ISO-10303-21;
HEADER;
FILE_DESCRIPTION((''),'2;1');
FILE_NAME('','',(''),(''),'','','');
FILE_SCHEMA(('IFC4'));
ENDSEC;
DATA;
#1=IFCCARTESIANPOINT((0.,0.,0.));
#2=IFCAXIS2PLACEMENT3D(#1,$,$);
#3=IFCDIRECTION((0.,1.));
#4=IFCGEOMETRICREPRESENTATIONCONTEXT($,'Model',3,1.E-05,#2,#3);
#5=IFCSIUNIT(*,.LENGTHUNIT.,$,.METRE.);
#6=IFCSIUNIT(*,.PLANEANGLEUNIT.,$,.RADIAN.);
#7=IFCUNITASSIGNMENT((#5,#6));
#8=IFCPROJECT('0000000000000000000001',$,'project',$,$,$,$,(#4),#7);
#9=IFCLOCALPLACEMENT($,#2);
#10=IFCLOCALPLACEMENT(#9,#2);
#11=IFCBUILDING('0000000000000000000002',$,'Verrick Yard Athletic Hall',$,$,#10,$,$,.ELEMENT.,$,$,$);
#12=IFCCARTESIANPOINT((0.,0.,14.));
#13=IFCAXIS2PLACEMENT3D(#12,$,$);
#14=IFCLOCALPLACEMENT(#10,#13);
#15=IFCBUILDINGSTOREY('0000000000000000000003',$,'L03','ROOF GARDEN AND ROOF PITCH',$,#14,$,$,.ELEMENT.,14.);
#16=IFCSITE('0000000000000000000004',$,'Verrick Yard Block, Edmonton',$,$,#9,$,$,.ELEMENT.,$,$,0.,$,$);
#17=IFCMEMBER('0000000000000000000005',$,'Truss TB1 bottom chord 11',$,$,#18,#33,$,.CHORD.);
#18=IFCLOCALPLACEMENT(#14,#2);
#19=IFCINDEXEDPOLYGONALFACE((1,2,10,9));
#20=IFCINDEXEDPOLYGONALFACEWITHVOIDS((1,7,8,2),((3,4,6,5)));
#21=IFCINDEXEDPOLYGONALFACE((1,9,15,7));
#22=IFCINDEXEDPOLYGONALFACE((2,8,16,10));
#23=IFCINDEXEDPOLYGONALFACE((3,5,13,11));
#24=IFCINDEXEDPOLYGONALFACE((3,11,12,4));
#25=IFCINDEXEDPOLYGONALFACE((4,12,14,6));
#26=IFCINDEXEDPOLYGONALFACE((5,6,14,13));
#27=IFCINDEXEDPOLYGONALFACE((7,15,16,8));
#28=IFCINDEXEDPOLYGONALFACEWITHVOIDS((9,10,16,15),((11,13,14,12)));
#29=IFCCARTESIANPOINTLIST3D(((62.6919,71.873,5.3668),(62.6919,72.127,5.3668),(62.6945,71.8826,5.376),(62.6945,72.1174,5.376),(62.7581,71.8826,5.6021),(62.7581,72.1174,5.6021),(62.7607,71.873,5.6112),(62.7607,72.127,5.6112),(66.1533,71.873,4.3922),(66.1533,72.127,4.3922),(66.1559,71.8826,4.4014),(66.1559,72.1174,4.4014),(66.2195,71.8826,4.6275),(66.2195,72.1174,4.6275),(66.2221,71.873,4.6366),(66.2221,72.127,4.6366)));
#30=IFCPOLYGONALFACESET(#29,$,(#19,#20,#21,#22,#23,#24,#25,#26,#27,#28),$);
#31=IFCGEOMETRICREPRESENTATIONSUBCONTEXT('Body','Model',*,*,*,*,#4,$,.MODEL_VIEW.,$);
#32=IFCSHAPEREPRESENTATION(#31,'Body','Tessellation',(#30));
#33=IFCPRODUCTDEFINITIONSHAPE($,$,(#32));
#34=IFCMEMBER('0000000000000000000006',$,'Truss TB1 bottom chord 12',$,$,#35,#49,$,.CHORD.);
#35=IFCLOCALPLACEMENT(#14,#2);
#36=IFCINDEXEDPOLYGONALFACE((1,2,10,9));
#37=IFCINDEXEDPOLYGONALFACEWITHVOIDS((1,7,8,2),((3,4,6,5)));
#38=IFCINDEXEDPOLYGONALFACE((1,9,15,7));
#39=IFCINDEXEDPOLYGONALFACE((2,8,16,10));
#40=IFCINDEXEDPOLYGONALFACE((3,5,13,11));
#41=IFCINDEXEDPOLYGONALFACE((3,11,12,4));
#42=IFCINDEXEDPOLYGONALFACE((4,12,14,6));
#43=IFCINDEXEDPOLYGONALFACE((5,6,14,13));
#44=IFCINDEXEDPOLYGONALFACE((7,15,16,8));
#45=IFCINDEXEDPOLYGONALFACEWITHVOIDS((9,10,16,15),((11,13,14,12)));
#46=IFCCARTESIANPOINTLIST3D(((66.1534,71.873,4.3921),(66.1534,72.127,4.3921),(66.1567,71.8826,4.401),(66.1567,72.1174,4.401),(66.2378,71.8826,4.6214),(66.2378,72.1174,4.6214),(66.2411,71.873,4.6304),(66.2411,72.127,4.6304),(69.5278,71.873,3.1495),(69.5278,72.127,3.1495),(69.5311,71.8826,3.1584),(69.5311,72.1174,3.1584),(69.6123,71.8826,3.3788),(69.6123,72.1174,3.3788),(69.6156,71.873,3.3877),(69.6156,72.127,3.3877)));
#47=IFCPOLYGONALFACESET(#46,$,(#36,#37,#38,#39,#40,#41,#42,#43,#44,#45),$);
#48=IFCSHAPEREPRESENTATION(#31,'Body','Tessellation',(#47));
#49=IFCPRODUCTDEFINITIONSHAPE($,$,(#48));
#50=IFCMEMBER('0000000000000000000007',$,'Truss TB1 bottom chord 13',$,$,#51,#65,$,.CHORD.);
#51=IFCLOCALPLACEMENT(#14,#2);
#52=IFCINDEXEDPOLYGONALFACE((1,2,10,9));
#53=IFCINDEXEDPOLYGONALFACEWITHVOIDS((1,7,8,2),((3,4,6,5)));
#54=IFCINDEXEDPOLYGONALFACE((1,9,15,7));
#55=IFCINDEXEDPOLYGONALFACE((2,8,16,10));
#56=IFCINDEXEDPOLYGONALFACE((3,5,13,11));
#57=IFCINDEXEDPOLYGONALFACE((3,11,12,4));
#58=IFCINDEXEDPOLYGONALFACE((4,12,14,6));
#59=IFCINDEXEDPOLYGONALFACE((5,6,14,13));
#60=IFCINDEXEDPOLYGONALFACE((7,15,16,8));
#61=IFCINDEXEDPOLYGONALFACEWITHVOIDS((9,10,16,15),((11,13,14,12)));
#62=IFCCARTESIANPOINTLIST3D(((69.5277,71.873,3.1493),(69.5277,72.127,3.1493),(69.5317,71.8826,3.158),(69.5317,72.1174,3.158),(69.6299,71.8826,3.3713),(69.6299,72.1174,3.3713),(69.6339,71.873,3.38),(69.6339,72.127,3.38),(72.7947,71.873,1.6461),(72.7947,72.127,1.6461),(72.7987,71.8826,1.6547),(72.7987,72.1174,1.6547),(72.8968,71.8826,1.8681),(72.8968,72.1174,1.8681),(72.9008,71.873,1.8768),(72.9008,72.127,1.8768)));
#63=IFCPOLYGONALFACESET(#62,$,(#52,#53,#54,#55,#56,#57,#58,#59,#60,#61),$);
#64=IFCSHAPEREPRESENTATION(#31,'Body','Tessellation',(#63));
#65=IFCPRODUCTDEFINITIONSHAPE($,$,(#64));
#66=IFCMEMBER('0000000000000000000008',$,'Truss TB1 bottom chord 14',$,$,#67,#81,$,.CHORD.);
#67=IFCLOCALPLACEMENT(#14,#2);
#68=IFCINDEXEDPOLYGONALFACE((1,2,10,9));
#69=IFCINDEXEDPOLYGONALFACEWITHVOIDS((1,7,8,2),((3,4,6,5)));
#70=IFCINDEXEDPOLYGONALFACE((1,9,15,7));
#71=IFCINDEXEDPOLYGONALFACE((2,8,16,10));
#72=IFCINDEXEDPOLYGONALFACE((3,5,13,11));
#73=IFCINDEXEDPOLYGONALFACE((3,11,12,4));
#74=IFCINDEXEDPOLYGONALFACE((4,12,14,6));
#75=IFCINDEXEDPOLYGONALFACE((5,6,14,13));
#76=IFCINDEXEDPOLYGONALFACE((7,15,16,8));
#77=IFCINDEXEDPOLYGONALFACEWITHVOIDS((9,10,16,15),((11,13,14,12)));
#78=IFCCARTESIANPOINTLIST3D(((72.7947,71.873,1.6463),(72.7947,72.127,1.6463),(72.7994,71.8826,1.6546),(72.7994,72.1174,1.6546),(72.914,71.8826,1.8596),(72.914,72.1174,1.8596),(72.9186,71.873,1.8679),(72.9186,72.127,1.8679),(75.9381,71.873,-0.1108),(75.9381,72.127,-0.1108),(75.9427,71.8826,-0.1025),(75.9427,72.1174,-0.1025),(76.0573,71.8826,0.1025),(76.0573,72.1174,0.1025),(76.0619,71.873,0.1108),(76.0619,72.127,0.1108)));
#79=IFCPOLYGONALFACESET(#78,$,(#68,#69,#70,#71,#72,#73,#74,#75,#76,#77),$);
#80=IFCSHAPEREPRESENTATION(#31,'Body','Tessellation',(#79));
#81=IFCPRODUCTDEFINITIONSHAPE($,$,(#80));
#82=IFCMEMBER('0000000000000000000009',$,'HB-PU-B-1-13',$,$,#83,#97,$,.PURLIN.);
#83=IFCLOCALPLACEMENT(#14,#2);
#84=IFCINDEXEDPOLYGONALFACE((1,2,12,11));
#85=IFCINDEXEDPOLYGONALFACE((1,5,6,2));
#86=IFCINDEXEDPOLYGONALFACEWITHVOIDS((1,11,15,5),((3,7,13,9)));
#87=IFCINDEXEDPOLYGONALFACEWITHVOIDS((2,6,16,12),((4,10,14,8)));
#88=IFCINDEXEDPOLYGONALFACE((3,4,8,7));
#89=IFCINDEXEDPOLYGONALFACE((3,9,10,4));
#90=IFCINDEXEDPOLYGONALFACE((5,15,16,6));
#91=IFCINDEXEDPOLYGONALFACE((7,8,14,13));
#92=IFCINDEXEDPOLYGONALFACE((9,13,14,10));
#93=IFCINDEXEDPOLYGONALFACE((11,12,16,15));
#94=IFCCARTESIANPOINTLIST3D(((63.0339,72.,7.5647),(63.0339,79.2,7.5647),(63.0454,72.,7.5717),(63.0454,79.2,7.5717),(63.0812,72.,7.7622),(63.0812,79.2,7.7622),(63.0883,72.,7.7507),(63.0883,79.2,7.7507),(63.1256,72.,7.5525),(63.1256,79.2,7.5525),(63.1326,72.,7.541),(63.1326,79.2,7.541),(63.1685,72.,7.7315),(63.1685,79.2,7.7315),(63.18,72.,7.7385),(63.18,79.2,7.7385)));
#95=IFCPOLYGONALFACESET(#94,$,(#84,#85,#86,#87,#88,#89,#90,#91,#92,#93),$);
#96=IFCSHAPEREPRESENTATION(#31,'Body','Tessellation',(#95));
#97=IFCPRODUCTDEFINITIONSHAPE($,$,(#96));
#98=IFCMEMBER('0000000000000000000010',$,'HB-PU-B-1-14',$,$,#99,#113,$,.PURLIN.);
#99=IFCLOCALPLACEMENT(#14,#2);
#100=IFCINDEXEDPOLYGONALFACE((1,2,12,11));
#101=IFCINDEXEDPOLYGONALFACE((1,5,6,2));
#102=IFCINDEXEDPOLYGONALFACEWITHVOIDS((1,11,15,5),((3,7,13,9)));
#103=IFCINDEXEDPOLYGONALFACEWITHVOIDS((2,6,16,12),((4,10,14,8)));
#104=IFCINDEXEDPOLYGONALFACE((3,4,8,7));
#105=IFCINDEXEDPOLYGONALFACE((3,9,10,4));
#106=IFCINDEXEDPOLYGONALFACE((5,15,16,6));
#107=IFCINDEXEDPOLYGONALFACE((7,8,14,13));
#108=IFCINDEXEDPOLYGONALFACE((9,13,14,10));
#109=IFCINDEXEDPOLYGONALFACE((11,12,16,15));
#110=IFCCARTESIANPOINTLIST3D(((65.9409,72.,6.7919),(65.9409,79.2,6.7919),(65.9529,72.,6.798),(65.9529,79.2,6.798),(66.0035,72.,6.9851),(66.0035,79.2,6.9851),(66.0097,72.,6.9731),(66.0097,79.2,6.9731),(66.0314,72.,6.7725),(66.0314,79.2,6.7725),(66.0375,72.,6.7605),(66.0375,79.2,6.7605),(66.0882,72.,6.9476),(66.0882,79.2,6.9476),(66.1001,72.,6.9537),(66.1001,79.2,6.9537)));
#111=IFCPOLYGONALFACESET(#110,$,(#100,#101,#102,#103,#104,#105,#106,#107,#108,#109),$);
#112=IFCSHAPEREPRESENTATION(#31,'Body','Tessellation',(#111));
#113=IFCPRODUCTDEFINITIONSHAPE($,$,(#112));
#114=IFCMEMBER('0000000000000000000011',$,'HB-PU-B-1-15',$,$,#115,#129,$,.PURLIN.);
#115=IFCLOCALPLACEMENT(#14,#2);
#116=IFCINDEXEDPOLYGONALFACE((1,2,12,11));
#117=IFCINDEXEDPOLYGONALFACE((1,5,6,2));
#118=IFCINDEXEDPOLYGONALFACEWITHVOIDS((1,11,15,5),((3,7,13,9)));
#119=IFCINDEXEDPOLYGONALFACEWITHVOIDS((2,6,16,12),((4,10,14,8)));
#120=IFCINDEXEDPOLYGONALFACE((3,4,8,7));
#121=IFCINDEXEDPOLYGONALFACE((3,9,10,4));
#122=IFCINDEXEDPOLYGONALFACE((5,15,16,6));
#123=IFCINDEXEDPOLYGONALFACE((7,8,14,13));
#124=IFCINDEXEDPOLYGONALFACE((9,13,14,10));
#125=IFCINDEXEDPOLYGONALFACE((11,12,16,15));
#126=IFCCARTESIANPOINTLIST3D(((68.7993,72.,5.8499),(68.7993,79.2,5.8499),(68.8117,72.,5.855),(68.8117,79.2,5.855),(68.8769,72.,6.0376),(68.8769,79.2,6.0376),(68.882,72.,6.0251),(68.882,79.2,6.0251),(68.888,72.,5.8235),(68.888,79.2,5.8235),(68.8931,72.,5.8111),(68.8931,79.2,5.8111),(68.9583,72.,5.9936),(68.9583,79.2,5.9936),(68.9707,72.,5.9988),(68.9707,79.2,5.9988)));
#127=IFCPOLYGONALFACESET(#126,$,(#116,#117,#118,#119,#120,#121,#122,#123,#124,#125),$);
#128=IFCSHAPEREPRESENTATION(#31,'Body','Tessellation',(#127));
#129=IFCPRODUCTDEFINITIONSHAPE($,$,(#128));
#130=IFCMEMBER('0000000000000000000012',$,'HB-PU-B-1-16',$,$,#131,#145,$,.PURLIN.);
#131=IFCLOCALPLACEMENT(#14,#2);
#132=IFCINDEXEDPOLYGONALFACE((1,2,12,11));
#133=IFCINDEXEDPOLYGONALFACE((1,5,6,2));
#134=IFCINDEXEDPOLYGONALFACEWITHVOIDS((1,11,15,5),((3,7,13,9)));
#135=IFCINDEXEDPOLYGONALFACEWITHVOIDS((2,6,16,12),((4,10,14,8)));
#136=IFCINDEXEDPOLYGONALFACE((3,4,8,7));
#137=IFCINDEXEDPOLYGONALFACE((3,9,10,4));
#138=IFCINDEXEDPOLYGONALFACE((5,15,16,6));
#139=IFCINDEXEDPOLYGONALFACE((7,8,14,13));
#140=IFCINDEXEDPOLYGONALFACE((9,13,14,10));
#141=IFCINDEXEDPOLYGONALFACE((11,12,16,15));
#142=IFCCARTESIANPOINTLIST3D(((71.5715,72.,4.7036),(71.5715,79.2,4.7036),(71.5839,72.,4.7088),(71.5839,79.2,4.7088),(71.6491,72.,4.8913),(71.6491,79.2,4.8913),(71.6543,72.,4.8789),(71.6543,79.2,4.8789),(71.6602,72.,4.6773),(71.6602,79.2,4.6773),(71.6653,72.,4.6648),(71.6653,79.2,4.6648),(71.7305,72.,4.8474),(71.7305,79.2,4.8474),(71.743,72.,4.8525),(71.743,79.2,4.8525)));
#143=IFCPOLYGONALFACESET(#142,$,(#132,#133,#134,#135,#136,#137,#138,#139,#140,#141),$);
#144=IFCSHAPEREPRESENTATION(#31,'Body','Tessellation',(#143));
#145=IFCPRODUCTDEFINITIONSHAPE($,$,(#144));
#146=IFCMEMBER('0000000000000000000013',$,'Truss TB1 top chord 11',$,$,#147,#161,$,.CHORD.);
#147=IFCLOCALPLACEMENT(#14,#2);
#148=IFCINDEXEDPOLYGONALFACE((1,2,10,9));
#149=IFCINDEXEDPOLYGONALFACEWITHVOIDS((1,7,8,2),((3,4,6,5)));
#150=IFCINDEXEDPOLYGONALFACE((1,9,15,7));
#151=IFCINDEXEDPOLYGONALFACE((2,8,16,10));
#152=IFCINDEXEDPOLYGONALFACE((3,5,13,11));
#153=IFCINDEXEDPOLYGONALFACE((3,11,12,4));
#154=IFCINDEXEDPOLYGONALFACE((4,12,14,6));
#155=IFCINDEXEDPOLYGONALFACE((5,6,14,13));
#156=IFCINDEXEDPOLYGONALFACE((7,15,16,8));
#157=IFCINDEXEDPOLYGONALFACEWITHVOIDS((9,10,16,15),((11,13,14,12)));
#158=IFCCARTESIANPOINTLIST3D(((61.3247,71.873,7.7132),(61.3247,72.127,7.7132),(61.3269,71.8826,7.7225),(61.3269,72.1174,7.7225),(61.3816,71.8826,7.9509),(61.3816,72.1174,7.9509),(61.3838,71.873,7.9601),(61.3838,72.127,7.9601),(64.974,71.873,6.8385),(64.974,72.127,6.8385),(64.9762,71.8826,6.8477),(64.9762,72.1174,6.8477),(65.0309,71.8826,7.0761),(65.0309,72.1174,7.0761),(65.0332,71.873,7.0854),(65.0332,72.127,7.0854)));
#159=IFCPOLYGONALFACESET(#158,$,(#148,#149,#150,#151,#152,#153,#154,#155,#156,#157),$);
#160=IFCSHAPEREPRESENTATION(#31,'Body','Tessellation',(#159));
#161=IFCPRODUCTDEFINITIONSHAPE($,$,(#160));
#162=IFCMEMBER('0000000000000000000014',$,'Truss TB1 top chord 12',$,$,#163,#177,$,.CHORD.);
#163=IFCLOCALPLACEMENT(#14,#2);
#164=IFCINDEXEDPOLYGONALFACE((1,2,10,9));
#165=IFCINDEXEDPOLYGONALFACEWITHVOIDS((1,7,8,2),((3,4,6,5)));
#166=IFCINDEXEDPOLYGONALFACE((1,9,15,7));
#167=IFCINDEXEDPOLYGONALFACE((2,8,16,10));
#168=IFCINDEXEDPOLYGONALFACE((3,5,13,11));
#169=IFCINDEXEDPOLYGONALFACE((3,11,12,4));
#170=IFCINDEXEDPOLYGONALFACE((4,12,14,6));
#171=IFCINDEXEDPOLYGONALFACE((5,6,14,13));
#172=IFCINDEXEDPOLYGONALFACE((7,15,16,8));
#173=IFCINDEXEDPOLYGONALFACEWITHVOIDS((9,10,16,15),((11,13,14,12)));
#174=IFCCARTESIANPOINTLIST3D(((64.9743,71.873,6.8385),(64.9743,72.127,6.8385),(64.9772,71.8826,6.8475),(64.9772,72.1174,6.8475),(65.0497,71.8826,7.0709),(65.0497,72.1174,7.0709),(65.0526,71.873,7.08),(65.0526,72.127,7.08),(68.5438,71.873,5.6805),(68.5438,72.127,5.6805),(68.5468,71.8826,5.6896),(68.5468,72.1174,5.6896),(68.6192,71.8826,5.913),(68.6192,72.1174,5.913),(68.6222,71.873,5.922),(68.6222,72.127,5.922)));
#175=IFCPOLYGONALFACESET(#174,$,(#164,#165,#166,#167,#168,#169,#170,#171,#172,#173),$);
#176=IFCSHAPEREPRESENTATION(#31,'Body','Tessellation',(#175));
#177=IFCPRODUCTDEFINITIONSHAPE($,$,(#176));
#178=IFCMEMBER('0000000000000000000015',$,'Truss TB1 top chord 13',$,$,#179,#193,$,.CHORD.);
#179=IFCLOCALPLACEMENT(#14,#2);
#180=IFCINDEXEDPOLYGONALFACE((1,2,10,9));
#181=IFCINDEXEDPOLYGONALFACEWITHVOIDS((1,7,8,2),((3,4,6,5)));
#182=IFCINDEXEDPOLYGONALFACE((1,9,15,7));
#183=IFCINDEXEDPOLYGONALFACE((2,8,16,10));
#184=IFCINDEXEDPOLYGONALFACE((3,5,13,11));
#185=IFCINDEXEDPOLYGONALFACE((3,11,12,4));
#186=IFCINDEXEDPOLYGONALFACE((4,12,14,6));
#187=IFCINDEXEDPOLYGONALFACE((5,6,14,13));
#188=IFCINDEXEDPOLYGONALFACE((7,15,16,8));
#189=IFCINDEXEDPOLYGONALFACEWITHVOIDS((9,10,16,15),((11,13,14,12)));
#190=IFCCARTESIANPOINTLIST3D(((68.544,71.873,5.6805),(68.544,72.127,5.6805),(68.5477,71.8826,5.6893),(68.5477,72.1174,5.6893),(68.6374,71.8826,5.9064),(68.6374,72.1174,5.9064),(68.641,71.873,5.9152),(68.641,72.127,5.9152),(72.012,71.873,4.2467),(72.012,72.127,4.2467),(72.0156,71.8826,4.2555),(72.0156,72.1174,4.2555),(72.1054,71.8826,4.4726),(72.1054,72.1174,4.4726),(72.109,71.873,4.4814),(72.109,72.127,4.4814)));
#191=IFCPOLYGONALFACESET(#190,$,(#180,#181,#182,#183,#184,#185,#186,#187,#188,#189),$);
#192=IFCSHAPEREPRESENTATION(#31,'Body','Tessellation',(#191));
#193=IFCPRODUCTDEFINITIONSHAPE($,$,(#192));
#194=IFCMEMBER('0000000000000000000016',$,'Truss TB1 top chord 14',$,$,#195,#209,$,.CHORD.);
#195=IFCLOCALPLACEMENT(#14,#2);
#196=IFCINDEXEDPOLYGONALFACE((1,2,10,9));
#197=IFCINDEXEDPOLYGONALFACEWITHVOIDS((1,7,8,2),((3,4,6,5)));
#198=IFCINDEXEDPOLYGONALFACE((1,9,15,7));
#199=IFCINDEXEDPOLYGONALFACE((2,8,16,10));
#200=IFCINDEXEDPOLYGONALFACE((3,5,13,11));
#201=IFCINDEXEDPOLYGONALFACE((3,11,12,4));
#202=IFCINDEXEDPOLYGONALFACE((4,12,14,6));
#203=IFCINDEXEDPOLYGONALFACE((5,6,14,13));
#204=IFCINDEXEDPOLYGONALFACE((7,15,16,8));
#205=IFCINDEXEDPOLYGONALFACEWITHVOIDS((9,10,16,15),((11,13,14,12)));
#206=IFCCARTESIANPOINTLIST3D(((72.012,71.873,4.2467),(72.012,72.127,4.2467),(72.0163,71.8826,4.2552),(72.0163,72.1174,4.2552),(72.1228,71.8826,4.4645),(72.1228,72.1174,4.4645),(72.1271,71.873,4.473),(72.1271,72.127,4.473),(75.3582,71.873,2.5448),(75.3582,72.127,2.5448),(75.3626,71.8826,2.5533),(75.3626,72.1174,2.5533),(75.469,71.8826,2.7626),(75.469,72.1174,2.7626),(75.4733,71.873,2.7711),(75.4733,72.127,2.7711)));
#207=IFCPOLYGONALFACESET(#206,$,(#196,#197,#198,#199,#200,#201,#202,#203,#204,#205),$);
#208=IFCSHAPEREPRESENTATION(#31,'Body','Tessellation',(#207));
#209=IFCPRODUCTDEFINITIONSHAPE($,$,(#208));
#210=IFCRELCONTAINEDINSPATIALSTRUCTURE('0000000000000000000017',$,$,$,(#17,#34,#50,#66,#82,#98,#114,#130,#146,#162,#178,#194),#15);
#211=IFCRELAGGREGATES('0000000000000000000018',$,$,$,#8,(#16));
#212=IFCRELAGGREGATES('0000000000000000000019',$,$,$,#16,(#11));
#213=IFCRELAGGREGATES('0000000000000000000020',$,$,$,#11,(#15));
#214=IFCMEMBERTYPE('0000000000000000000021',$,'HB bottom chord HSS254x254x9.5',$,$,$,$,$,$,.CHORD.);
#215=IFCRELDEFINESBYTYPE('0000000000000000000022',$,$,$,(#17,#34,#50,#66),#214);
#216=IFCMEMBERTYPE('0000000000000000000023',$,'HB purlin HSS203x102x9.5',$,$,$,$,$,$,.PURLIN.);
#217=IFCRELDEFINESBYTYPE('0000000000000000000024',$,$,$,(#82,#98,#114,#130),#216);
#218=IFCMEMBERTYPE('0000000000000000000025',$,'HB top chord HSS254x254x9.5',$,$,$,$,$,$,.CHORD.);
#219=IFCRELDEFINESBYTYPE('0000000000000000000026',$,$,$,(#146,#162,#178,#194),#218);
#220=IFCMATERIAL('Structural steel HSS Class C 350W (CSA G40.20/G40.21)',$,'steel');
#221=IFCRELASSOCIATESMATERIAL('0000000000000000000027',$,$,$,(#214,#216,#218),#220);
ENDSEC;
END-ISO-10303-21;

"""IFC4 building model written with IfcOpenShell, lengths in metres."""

from ifc_helpers import new_model, si_unit, direction, frame, origin, origin_2d, place, context, subcontext, project, spatial, hollow_rectangle, extrude, material, material_profile, profile_set, type_object, element, save


model = new_model("IFC4")

# Units and contexts
model_context = context("Model", 3, precision=1e-05, world=origin(), true_north=direction((0.0, 1.0)))
body_context = subcontext(model_context, "Body", "Model", "MODEL_VIEW")
ifc_project = project(units=[si_unit("LENGTHUNIT", "METRE"), si_unit("PLANEANGLEUNIT", "RADIAN")], contexts=[model_context])

# Site, building, storey
site_placement = place(None, origin())
site = spatial("IfcSite", under=ifc_project, at=site_placement, Name="Verrick Yard Block, Edmonton", CompositionType="ELEMENT", RefElevation=0.0)
building_placement = place(site_placement, origin())
building = spatial("IfcBuilding", under=site, at=building_placement, Name="Verrick Yard Athletic Hall", CompositionType="ELEMENT")
storey_placement = place(building_placement, frame((0.0, 0.0, 14.0)))
storey = spatial("IfcBuildingStorey", under=building, at=storey_placement, Name="L03", Description="ROOF GARDEN AND ROOF PITCH", CompositionType="ELEMENT", Elevation=14.0)

# Members
ifc_material = material(Name="Structural steel HSS Class C 350W (CSA G40.20/G40.21)", Category="steel")
ifc_material_profile_1 = material_profile(ifc_material, hollow_rectangle(XDim=0.2539, YDim=0.2539, WallThickness=0.0095, at=origin_2d()), Name="HSS254x254x9.5")
ifc_profile_set_1 = profile_set([ifc_material_profile_1], Name="Structural steel HSS Class C 350W (CSA G40.20/G40.21)")
member_type_1 = type_object("IfcMemberType", Name="HB bottom chord HSS254x254x9.5", PredefinedType="CHORD", material=ifc_profile_set_1)
for number, where, z_axis, x_axis, name in (
    (1, (62.7263, 72.0, 5.489), (0.962572, 0.0, -0.271025), (0.0, 1.0, 0.0), "Truss TB1 bottom chord 11"),
    (2, (66.1973, 72.0, 4.5112), (0.938394, 0.0, -0.345567), (0.0, 1.0, 0.0), "Truss TB1 bottom chord 12"),
):
    element("IfcMember", number, at=place(storey_placement, frame(where, z_axis=z_axis, x_axis=x_axis)), inside=storey, type_object=member_type_1, Name=name, PredefinedType="CHORD", context=body_context, shape_type="SweptSolid", body=[
        extrude(hollow_rectangle(XDim=0.2539, YDim=0.2539, WallThickness=0.0095, at=origin_2d()), origin(), (0.0, 0.0, 1.0), 3.5959),
    ])
member_1_placement = place(storey_placement, frame((69.5808, 72.0, 3.2646), z_axis=(0.908446, 0.0, -0.418003), x_axis=(0.0, 1.0, 0.0)))
element("IfcMember", 3, at=member_1_placement, inside=storey, type_object=member_type_1, Name="Truss TB1 bottom chord 13", PredefinedType="CHORD", context=body_context, shape_type="SweptSolid", body=[
    extrude(hollow_rectangle(XDim=0.2539, YDim=0.2539, WallThickness=0.0095, at=origin_2d()), origin(), (0.0, 0.0, 1.0), 3.5962),
])
member_2_placement = place(storey_placement, frame((72.8567, 72.0, 1.7571), z_axis=(0.872881, 0.0, -0.487932), x_axis=(0.0, 1.0, 0.0)))
element("IfcMember", 4, at=member_2_placement, inside=storey, type_object=member_type_1, Name="Truss TB1 bottom chord 14", PredefinedType="CHORD", context=body_context, shape_type="SweptSolid", body=[
    extrude(hollow_rectangle(XDim=0.2539, YDim=0.2539, WallThickness=0.0095, at=origin_2d()), origin(), (0.0, 0.0, 1.0), 3.6011),
])
ifc_material_profile_2 = material_profile(ifc_material, hollow_rectangle(XDim=0.1016, YDim=0.2031, WallThickness=0.0095, at=origin_2d()), Name="HSS203x102x9.5")
ifc_profile_set_2 = profile_set([ifc_material_profile_2], Name="Structural steel HSS Class C 350W (CSA G40.20/G40.21)")
member_type_2 = type_object("IfcMemberType", Name="HB purlin HSS203x102x9.5", PredefinedType="PURLIN", material=ifc_profile_set_2)
for number, where, z_axis, x_axis, name in (
    (5, (63.1069, 72.0, 7.6516), (0.0, 1.0, 0.0), (-0.972459, 0.0, 0.233074), "HB-PU-B-1-13"),
    (6, (66.0205, 72.0, 6.8728), (0.0, 1.0, 0.0), (-0.951214, 0.0, 0.308533), "HB-PU-B-1-14"),
    (7, (68.885, 72.0, 5.9243), (0.0, 1.0, 0.0), (-0.924123, 0.0, 0.382096), "HB-PU-B-1-15"),
    (8, (71.6572, 72.0, 4.7781), (0.0, 1.0, 0.0), (-0.924123, 0.0, 0.382096), "HB-PU-B-1-16"),
):
    element("IfcMember", number, at=place(storey_placement, frame(where, z_axis=z_axis, x_axis=x_axis)), inside=storey, type_object=member_type_2, Name=name, PredefinedType="PURLIN", context=body_context, shape_type="SweptSolid", body=[
        extrude(hollow_rectangle(XDim=0.1016, YDim=0.2031, WallThickness=0.0095, at=origin_2d()), origin(), (0.0, 0.0, 1.0), 7.2),
    ])
ifc_material_profile_3 = material_profile(ifc_material, hollow_rectangle(XDim=0.2539, YDim=0.2539, WallThickness=0.0095, at=origin_2d()), Name="HSS254x254x9.5")
ifc_profile_set_3 = profile_set([ifc_material_profile_3], Name="Structural steel HSS Class C 350W (CSA G40.20/G40.21)")
member_type_3 = type_object("IfcMemberType", Name="HB top chord HSS254x254x9.5", PredefinedType="CHORD", material=ifc_profile_set_3)
for number, where, z_axis, x_axis, name in (
    (9, (61.3542, 72.0, 7.8367), (0.972454, 0.0, -0.233095), (0.0, 1.0, 0.0), "Truss TB1 top chord 11"),
    (10, (65.0134, 72.0, 6.9592), (0.951203, 0.0, -0.308567), (0.0, 1.0, 0.0), "Truss TB1 top chord 12"),
    (11, (68.5925, 72.0, 5.7979), (0.92413, 0.0, -0.382078), (0.0, 1.0, 0.0), "Truss TB1 top chord 13"),
):
    element("IfcMember", number, at=place(storey_placement, frame(where, z_axis=z_axis, x_axis=x_axis)), inside=storey, type_object=member_type_3, Name=name, PredefinedType="CHORD", context=body_context, shape_type="SweptSolid", body=[
        extrude(hollow_rectangle(XDim=0.2539, YDim=0.2539, WallThickness=0.0095, at=origin_2d()), origin(), (0.0, 0.0, 1.0), 3.7527),
    ])
member_3_placement = place(storey_placement, frame((72.0696, 72.0, 4.3599), z_axis=(0.891337, 0.0, -0.453342), x_axis=(0.0, 1.0, 0.0)))
element("IfcMember", 12, at=member_3_placement, inside=storey, type_object=member_type_3, Name="Truss TB1 top chord 14", PredefinedType="CHORD", context=body_context, shape_type="SweptSolid", body=[
    extrude(hollow_rectangle(XDim=0.2539, YDim=0.2539, WallThickness=0.0095, at=origin_2d()), origin(), (0.0, 0.0, 1.0), 3.7542),
])

save(model, "model.ifc")
